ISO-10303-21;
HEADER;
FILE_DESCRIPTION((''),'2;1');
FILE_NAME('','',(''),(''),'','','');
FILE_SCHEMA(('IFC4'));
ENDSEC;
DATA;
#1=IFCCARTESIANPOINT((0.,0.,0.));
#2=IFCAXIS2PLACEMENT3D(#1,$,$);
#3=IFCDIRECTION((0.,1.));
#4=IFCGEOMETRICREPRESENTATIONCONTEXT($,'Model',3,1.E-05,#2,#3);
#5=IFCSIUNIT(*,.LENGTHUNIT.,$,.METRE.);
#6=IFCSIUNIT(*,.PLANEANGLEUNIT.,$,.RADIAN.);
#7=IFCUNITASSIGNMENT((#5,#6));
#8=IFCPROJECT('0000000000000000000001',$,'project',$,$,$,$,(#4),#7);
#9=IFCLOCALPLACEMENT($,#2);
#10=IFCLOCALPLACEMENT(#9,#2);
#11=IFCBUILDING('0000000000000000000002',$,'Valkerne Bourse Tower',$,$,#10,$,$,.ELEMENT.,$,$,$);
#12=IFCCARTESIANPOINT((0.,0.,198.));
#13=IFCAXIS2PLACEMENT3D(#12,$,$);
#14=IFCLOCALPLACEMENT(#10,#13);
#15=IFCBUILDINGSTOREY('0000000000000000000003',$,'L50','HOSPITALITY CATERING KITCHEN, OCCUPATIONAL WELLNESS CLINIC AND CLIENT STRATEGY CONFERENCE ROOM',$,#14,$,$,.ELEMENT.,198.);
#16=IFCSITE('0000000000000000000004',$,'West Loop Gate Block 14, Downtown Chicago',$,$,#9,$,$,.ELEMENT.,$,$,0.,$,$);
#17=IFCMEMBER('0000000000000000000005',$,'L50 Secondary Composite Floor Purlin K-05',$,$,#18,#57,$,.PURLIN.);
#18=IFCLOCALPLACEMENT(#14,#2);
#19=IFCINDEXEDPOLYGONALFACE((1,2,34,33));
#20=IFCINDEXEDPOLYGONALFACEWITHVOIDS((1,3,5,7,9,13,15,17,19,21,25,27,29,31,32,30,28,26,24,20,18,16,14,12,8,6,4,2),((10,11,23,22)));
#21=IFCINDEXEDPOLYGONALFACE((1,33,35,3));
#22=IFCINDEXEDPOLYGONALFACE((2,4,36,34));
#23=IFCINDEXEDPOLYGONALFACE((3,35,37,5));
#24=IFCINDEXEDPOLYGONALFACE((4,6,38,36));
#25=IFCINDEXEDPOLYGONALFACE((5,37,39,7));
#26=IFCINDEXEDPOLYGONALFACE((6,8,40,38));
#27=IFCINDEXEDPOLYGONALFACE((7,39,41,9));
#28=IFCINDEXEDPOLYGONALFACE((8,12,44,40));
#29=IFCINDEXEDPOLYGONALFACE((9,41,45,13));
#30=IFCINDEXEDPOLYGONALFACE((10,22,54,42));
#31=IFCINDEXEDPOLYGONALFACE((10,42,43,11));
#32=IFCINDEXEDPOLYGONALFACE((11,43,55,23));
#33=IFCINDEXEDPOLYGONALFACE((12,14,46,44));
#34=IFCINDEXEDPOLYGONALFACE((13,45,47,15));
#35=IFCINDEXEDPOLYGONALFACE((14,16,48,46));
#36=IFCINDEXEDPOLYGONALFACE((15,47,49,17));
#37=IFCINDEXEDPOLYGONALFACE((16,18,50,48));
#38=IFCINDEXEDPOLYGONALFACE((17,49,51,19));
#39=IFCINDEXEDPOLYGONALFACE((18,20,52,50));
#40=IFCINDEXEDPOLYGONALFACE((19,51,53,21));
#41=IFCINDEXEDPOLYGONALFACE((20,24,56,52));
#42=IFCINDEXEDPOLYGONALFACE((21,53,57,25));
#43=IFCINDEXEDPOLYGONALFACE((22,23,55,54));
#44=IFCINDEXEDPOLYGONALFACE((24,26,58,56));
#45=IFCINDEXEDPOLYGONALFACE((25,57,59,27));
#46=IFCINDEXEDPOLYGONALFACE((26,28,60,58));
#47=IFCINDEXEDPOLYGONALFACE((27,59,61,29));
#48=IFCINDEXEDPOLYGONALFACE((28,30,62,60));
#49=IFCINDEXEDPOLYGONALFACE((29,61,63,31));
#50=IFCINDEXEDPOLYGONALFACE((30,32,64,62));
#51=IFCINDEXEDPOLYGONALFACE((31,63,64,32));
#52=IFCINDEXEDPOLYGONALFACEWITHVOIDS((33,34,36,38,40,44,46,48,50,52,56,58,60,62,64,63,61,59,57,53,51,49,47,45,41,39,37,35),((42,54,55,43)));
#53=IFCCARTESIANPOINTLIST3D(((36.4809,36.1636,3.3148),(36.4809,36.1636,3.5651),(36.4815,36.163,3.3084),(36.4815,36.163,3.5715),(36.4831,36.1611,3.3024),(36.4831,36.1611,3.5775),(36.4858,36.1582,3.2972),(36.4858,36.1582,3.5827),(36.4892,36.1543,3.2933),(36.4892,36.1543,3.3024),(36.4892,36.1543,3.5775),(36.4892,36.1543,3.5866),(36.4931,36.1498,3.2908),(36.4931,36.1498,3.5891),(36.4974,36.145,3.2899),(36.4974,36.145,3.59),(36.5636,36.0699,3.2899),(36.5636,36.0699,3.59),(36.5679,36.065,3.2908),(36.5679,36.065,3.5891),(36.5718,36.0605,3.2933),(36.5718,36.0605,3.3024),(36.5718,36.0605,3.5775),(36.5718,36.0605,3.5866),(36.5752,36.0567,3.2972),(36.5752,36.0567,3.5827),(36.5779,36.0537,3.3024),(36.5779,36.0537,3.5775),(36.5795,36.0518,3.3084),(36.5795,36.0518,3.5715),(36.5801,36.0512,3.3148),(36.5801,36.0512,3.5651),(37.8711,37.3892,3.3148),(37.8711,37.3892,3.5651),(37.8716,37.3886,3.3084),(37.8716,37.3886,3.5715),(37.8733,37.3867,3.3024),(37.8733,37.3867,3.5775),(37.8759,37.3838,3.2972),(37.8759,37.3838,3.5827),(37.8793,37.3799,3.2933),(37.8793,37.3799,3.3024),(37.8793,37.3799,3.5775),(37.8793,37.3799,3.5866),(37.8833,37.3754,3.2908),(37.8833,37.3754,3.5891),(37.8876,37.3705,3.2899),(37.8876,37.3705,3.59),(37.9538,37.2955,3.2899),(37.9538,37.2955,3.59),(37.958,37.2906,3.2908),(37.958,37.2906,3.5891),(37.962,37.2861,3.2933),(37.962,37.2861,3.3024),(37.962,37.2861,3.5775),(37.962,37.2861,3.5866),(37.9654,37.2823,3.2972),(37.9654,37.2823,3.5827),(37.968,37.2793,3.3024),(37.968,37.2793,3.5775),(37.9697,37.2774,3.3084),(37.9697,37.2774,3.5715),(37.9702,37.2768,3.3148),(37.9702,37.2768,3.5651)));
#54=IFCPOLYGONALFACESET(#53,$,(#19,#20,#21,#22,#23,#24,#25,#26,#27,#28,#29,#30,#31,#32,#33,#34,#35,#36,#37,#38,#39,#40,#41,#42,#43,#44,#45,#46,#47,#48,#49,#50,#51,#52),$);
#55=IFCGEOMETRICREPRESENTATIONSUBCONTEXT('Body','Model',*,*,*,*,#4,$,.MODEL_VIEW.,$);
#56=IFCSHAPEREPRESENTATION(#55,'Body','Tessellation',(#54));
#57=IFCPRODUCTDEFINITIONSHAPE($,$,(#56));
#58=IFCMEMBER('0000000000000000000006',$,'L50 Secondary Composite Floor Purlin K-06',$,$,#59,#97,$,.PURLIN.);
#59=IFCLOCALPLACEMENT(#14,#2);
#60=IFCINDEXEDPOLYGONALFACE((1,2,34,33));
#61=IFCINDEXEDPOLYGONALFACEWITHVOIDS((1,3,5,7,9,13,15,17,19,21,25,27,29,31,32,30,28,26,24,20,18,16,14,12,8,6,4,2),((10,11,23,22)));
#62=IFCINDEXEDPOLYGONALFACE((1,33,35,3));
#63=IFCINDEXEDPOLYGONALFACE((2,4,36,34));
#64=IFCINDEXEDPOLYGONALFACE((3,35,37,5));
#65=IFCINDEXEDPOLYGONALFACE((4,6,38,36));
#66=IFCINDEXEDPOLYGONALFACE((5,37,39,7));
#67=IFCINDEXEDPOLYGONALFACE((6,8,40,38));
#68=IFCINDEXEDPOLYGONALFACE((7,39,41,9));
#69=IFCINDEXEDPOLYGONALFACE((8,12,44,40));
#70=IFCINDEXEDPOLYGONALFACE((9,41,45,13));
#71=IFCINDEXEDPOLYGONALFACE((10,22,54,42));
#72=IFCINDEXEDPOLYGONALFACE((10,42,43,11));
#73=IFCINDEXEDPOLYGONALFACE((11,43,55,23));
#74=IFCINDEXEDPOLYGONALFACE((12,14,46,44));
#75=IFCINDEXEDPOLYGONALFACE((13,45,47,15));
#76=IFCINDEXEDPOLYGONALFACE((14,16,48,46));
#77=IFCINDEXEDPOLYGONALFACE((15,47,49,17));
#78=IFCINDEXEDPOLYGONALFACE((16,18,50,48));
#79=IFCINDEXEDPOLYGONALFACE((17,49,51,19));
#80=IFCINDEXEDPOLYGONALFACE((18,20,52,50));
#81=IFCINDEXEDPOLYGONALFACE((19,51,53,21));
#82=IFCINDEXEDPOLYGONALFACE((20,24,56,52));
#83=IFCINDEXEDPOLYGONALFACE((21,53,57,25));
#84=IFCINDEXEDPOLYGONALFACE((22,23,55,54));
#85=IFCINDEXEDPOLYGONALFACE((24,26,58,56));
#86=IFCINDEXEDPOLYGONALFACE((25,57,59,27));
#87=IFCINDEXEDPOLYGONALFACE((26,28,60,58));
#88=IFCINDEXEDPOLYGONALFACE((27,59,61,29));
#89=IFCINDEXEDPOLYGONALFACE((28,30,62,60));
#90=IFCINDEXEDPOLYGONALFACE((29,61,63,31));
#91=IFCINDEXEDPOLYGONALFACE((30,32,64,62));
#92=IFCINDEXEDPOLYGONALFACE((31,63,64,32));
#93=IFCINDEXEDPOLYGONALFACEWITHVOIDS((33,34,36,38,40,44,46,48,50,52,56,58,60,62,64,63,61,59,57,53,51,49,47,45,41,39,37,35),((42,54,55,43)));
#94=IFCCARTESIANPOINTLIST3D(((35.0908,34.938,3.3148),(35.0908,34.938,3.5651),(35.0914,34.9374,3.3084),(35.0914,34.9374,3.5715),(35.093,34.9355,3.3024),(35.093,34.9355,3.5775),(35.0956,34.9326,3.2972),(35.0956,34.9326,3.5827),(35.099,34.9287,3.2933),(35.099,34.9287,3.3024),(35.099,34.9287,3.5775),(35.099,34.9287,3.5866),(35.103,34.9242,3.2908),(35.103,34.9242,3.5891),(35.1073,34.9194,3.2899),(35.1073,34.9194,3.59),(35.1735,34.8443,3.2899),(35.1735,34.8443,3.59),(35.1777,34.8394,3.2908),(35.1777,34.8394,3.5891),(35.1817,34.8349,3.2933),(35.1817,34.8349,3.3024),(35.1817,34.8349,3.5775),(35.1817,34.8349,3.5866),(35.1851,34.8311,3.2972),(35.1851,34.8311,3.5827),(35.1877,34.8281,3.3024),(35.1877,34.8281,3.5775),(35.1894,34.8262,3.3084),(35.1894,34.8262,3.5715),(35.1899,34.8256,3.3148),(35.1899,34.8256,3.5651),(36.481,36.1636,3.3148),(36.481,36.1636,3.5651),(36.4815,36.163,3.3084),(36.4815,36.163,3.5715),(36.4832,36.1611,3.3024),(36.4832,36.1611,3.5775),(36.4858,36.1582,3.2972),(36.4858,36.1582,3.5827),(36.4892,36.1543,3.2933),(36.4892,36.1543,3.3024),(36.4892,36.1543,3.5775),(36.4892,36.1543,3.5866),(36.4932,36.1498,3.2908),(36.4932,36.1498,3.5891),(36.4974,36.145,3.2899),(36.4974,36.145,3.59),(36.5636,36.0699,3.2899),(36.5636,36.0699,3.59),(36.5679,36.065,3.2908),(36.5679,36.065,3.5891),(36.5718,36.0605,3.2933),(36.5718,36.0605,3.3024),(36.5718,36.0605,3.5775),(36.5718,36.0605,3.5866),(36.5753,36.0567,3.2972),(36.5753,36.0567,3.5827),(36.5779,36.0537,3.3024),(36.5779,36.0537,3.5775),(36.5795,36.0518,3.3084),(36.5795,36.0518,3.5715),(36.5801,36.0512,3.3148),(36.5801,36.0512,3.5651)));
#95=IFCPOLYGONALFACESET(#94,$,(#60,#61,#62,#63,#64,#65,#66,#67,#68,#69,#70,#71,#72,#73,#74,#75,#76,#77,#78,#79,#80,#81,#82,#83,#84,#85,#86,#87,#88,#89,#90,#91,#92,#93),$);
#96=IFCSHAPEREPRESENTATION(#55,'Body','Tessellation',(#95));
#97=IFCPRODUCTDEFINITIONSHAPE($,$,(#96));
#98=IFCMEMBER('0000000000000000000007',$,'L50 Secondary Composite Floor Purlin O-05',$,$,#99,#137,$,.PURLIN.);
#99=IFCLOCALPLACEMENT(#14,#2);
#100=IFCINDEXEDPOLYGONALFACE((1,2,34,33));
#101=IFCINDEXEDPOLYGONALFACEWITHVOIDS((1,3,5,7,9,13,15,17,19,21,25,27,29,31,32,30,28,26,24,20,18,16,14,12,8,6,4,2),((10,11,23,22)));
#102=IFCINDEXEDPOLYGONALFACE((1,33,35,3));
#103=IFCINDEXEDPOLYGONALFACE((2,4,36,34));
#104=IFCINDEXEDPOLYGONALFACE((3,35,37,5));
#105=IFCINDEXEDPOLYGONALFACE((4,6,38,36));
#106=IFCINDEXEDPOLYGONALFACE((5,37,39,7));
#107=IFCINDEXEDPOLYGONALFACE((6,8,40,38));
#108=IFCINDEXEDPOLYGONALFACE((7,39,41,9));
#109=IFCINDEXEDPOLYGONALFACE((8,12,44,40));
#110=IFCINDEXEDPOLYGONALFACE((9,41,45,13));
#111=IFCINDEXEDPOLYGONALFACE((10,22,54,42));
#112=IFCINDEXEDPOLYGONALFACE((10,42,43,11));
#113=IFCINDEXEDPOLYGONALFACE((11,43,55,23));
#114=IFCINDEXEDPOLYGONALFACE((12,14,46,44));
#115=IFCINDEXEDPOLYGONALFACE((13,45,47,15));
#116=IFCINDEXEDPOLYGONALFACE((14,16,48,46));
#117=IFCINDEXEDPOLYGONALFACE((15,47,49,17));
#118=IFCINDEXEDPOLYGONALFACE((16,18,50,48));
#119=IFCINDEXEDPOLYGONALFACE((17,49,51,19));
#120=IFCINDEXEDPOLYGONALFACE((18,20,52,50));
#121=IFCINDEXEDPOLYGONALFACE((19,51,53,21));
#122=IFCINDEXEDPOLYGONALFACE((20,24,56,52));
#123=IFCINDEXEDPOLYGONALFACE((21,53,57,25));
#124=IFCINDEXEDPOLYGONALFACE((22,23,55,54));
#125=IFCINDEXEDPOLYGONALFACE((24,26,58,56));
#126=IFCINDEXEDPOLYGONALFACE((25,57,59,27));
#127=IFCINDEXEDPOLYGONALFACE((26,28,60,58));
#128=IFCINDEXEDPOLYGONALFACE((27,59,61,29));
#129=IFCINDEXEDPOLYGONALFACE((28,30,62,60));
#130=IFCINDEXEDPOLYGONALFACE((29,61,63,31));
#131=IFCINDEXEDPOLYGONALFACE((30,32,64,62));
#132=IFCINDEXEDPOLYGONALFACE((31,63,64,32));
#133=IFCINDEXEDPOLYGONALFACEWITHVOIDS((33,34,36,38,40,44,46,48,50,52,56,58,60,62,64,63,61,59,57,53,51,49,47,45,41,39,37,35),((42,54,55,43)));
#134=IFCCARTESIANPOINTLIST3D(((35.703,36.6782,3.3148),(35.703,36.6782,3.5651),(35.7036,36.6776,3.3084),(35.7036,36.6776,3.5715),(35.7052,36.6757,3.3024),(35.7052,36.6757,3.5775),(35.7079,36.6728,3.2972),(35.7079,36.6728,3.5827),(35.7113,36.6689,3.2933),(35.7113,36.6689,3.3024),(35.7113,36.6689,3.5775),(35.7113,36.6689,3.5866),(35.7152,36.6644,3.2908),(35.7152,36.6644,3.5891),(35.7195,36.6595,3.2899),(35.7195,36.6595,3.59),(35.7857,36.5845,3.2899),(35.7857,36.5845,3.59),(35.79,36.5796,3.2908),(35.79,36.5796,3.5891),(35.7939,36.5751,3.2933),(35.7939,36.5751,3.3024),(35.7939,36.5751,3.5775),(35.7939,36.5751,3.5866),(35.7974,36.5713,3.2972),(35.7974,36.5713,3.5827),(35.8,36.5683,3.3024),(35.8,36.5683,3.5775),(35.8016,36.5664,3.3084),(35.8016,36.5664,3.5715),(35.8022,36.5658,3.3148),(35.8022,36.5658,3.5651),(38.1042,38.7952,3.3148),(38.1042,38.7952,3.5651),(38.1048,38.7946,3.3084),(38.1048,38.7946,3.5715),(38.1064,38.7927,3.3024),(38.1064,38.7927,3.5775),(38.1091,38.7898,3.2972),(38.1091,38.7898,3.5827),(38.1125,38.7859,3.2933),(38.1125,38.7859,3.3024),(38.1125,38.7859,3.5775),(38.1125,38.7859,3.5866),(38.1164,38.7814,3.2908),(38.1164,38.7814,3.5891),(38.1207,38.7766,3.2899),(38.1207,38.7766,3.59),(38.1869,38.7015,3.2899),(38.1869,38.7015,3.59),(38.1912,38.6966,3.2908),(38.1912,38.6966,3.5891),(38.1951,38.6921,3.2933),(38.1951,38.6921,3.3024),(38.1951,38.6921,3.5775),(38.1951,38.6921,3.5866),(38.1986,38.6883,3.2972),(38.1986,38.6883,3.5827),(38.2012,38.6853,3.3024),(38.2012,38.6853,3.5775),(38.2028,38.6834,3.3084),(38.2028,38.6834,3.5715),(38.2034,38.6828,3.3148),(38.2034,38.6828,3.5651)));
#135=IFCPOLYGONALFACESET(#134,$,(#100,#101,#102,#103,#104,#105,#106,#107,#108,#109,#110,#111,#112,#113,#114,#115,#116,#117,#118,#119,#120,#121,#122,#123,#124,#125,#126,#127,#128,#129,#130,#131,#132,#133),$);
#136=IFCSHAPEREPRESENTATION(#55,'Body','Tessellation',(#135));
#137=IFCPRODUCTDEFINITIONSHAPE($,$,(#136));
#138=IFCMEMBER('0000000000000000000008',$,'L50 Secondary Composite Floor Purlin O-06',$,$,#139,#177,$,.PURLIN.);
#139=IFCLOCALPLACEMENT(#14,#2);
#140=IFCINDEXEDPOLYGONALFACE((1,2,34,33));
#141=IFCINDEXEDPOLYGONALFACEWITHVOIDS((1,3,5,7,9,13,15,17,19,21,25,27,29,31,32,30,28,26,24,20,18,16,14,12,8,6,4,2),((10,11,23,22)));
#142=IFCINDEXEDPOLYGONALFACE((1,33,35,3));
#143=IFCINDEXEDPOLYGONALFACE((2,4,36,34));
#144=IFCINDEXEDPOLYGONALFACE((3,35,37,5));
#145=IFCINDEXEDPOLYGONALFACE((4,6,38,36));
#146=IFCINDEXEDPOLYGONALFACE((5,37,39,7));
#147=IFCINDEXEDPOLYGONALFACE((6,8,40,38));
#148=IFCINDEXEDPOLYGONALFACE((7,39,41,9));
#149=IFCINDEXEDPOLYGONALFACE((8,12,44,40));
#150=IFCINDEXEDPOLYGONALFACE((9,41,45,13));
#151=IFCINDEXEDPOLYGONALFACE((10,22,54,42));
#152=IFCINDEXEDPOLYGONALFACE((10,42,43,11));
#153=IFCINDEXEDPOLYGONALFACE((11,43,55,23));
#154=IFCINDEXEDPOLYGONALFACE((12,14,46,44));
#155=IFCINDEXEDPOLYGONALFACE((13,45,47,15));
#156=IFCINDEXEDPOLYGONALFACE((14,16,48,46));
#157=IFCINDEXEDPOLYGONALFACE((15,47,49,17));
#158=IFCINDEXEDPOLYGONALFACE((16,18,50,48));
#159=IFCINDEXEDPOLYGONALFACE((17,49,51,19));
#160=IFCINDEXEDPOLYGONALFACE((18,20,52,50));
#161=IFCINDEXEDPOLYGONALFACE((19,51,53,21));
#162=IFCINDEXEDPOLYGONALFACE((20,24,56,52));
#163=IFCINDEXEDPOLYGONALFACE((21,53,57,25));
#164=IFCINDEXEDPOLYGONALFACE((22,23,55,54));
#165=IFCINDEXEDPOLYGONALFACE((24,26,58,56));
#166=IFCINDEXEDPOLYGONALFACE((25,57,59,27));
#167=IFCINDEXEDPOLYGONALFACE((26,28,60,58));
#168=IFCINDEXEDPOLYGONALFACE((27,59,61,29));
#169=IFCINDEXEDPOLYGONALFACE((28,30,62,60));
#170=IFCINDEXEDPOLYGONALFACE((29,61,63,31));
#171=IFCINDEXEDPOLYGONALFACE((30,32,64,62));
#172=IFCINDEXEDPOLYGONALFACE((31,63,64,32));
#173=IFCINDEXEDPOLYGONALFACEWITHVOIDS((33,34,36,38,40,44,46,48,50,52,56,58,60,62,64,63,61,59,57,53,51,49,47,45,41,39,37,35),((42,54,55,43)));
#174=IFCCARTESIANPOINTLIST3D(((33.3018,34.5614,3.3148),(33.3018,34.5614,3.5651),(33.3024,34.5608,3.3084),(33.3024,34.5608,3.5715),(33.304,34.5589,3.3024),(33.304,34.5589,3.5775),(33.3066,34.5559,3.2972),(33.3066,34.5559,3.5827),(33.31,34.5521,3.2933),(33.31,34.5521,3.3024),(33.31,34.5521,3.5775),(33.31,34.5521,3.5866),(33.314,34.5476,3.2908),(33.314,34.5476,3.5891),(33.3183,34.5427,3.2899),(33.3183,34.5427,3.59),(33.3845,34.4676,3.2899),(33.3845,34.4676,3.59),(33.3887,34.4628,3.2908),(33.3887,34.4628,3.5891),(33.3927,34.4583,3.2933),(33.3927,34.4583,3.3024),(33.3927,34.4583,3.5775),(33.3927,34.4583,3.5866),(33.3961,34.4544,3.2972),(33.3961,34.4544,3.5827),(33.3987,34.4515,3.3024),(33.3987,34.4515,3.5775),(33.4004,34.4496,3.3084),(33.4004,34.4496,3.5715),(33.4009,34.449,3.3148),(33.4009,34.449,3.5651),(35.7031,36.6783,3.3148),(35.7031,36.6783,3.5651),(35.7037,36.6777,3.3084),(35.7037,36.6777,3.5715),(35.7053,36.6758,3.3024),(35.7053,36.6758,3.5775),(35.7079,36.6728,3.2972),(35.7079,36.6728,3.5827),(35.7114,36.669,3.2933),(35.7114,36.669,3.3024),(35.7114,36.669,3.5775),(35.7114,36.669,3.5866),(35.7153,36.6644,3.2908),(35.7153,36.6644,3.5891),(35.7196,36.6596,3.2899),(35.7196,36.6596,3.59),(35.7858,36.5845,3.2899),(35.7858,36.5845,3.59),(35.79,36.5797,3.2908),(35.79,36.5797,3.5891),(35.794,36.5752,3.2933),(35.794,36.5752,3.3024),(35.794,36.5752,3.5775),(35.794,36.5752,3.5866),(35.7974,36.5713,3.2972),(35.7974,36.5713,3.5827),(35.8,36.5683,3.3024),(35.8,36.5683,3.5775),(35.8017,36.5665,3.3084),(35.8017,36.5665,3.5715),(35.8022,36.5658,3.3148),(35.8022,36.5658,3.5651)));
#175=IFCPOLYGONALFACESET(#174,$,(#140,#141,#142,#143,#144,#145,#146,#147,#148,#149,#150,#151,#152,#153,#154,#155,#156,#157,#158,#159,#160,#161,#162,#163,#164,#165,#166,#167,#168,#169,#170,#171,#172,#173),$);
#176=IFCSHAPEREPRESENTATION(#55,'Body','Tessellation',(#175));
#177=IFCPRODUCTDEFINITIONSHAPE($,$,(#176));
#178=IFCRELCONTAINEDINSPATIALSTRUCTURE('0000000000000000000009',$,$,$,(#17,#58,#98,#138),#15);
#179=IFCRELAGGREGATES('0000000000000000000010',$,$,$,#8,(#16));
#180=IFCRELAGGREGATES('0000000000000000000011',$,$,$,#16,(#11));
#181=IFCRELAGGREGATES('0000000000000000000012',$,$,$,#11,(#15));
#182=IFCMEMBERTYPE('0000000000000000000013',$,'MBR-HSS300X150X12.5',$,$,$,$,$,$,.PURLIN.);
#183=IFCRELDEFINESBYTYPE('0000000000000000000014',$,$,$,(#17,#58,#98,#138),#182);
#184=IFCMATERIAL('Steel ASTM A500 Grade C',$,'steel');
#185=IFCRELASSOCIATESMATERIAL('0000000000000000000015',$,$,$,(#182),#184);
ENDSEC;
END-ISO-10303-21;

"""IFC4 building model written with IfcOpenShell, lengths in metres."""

from ifc_helpers import new_model, si_unit, direction, frame, origin, origin_2d, place, context, subcontext, project, spatial, hollow_rectangle, extrude, material, material_profile, profile_set, type_object, element, save


model = new_model("IFC4")

# Units and contexts
model_context = context("Model", 3, precision=1e-05, world=origin(), true_north=direction((0.0, 1.0)))
body_context = subcontext(model_context, "Body", "Model", "MODEL_VIEW")
ifc_project = project(units=[si_unit("LENGTHUNIT", "METRE"), si_unit("PLANEANGLEUNIT", "RADIAN")], contexts=[model_context])

# Site, building, storey
site_placement = place(None, origin())
site = spatial("IfcSite", under=ifc_project, at=site_placement, Name="West Loop Gate Block 14, Downtown Chicago", CompositionType="ELEMENT", RefElevation=0.0)
building_placement = place(site_placement, origin())
building = spatial("IfcBuilding", under=site, at=building_placement, Name="Valkerne Bourse Tower", CompositionType="ELEMENT")
storey_placement = place(building_placement, frame((0.0, 0.0, 198.0)))
storey = spatial("IfcBuildingStorey", under=building, at=storey_placement, Name="L50", Description="HOSPITALITY CATERING KITCHEN, OCCUPATIONAL WELLNESS CLINIC AND CLIENT STRATEGY CONFERENCE ROOM", CompositionType="ELEMENT", Elevation=198.0)

# Members
ifc_material_1 = material(Name="Steel ASTM A500 Grade C", Category="steel")
ifc_material_profile_1 = material_profile(ifc_material_1, hollow_rectangle(XDim=0.1499, YDim=0.3, WallThickness=0.0125, OuterFilletRadius=0.0249, at=origin_2d()), Name="HSS300X150X12.5")
ifc_profile_set_1 = profile_set([ifc_material_profile_1], Name="Steel ASTM A500 Grade C")
member_type_1 = type_object("IfcMemberType", Name="MBR-HSS300X150X12.5", PredefinedType="PURLIN", material=ifc_profile_set_1)
for number, where, z_axis, x_axis, name in (
    (1, (37.9207, 37.333, 3.4399), (-0.750107, -0.661317, 0.0), (0.661317, -0.750107, 0.0), "L50 Secondary Composite Floor Purlin K-05"),
    (2, (36.5305, 36.1074, 3.4399), (-0.750107, -0.661317, 0.0), (0.661317, -0.750107, 0.0), "L50 Secondary Composite Floor Purlin K-06"),
):
    element("IfcMember", number, at=place(storey_placement, frame(where, z_axis=z_axis, x_axis=x_axis)), inside=storey, type_object=member_type_1, Name=name, PredefinedType="PURLIN", context=body_context, shape_type="SweptSolid", body=[
        extrude(hollow_rectangle(XDim=0.1499, YDim=0.3, WallThickness=0.0125, OuterFilletRadius=0.0249, at=origin_2d()), origin(), (0.0, 0.0, 1.0), 1.8533),
    ])
for number, where, z_axis, x_axis, name in (
    (3, (38.1538, 38.739, 3.4399), (-0.7501, -0.661324, 0.0), (0.661324, -0.7501, 0.0), "L50 Secondary Composite Floor Purlin O-05"),
    (4, (35.7527, 36.6221, 3.4399), (-0.750134, -0.661286, 0.0), (0.661286, -0.750134, 0.0), "L50 Secondary Composite Floor Purlin O-06"),
):
    element("IfcMember", number, at=place(storey_placement, frame(where, z_axis=z_axis, x_axis=x_axis)), inside=storey, type_object=member_type_1, Name=name, PredefinedType="PURLIN", context=body_context, shape_type="SweptSolid", body=[
        extrude(hollow_rectangle(XDim=0.1499, YDim=0.3, WallThickness=0.0125, OuterFilletRadius=0.0249, at=origin_2d()), origin(), (0.0, 0.0, 1.0), 3.2012),
    ])

save(model, "model.ifc")
